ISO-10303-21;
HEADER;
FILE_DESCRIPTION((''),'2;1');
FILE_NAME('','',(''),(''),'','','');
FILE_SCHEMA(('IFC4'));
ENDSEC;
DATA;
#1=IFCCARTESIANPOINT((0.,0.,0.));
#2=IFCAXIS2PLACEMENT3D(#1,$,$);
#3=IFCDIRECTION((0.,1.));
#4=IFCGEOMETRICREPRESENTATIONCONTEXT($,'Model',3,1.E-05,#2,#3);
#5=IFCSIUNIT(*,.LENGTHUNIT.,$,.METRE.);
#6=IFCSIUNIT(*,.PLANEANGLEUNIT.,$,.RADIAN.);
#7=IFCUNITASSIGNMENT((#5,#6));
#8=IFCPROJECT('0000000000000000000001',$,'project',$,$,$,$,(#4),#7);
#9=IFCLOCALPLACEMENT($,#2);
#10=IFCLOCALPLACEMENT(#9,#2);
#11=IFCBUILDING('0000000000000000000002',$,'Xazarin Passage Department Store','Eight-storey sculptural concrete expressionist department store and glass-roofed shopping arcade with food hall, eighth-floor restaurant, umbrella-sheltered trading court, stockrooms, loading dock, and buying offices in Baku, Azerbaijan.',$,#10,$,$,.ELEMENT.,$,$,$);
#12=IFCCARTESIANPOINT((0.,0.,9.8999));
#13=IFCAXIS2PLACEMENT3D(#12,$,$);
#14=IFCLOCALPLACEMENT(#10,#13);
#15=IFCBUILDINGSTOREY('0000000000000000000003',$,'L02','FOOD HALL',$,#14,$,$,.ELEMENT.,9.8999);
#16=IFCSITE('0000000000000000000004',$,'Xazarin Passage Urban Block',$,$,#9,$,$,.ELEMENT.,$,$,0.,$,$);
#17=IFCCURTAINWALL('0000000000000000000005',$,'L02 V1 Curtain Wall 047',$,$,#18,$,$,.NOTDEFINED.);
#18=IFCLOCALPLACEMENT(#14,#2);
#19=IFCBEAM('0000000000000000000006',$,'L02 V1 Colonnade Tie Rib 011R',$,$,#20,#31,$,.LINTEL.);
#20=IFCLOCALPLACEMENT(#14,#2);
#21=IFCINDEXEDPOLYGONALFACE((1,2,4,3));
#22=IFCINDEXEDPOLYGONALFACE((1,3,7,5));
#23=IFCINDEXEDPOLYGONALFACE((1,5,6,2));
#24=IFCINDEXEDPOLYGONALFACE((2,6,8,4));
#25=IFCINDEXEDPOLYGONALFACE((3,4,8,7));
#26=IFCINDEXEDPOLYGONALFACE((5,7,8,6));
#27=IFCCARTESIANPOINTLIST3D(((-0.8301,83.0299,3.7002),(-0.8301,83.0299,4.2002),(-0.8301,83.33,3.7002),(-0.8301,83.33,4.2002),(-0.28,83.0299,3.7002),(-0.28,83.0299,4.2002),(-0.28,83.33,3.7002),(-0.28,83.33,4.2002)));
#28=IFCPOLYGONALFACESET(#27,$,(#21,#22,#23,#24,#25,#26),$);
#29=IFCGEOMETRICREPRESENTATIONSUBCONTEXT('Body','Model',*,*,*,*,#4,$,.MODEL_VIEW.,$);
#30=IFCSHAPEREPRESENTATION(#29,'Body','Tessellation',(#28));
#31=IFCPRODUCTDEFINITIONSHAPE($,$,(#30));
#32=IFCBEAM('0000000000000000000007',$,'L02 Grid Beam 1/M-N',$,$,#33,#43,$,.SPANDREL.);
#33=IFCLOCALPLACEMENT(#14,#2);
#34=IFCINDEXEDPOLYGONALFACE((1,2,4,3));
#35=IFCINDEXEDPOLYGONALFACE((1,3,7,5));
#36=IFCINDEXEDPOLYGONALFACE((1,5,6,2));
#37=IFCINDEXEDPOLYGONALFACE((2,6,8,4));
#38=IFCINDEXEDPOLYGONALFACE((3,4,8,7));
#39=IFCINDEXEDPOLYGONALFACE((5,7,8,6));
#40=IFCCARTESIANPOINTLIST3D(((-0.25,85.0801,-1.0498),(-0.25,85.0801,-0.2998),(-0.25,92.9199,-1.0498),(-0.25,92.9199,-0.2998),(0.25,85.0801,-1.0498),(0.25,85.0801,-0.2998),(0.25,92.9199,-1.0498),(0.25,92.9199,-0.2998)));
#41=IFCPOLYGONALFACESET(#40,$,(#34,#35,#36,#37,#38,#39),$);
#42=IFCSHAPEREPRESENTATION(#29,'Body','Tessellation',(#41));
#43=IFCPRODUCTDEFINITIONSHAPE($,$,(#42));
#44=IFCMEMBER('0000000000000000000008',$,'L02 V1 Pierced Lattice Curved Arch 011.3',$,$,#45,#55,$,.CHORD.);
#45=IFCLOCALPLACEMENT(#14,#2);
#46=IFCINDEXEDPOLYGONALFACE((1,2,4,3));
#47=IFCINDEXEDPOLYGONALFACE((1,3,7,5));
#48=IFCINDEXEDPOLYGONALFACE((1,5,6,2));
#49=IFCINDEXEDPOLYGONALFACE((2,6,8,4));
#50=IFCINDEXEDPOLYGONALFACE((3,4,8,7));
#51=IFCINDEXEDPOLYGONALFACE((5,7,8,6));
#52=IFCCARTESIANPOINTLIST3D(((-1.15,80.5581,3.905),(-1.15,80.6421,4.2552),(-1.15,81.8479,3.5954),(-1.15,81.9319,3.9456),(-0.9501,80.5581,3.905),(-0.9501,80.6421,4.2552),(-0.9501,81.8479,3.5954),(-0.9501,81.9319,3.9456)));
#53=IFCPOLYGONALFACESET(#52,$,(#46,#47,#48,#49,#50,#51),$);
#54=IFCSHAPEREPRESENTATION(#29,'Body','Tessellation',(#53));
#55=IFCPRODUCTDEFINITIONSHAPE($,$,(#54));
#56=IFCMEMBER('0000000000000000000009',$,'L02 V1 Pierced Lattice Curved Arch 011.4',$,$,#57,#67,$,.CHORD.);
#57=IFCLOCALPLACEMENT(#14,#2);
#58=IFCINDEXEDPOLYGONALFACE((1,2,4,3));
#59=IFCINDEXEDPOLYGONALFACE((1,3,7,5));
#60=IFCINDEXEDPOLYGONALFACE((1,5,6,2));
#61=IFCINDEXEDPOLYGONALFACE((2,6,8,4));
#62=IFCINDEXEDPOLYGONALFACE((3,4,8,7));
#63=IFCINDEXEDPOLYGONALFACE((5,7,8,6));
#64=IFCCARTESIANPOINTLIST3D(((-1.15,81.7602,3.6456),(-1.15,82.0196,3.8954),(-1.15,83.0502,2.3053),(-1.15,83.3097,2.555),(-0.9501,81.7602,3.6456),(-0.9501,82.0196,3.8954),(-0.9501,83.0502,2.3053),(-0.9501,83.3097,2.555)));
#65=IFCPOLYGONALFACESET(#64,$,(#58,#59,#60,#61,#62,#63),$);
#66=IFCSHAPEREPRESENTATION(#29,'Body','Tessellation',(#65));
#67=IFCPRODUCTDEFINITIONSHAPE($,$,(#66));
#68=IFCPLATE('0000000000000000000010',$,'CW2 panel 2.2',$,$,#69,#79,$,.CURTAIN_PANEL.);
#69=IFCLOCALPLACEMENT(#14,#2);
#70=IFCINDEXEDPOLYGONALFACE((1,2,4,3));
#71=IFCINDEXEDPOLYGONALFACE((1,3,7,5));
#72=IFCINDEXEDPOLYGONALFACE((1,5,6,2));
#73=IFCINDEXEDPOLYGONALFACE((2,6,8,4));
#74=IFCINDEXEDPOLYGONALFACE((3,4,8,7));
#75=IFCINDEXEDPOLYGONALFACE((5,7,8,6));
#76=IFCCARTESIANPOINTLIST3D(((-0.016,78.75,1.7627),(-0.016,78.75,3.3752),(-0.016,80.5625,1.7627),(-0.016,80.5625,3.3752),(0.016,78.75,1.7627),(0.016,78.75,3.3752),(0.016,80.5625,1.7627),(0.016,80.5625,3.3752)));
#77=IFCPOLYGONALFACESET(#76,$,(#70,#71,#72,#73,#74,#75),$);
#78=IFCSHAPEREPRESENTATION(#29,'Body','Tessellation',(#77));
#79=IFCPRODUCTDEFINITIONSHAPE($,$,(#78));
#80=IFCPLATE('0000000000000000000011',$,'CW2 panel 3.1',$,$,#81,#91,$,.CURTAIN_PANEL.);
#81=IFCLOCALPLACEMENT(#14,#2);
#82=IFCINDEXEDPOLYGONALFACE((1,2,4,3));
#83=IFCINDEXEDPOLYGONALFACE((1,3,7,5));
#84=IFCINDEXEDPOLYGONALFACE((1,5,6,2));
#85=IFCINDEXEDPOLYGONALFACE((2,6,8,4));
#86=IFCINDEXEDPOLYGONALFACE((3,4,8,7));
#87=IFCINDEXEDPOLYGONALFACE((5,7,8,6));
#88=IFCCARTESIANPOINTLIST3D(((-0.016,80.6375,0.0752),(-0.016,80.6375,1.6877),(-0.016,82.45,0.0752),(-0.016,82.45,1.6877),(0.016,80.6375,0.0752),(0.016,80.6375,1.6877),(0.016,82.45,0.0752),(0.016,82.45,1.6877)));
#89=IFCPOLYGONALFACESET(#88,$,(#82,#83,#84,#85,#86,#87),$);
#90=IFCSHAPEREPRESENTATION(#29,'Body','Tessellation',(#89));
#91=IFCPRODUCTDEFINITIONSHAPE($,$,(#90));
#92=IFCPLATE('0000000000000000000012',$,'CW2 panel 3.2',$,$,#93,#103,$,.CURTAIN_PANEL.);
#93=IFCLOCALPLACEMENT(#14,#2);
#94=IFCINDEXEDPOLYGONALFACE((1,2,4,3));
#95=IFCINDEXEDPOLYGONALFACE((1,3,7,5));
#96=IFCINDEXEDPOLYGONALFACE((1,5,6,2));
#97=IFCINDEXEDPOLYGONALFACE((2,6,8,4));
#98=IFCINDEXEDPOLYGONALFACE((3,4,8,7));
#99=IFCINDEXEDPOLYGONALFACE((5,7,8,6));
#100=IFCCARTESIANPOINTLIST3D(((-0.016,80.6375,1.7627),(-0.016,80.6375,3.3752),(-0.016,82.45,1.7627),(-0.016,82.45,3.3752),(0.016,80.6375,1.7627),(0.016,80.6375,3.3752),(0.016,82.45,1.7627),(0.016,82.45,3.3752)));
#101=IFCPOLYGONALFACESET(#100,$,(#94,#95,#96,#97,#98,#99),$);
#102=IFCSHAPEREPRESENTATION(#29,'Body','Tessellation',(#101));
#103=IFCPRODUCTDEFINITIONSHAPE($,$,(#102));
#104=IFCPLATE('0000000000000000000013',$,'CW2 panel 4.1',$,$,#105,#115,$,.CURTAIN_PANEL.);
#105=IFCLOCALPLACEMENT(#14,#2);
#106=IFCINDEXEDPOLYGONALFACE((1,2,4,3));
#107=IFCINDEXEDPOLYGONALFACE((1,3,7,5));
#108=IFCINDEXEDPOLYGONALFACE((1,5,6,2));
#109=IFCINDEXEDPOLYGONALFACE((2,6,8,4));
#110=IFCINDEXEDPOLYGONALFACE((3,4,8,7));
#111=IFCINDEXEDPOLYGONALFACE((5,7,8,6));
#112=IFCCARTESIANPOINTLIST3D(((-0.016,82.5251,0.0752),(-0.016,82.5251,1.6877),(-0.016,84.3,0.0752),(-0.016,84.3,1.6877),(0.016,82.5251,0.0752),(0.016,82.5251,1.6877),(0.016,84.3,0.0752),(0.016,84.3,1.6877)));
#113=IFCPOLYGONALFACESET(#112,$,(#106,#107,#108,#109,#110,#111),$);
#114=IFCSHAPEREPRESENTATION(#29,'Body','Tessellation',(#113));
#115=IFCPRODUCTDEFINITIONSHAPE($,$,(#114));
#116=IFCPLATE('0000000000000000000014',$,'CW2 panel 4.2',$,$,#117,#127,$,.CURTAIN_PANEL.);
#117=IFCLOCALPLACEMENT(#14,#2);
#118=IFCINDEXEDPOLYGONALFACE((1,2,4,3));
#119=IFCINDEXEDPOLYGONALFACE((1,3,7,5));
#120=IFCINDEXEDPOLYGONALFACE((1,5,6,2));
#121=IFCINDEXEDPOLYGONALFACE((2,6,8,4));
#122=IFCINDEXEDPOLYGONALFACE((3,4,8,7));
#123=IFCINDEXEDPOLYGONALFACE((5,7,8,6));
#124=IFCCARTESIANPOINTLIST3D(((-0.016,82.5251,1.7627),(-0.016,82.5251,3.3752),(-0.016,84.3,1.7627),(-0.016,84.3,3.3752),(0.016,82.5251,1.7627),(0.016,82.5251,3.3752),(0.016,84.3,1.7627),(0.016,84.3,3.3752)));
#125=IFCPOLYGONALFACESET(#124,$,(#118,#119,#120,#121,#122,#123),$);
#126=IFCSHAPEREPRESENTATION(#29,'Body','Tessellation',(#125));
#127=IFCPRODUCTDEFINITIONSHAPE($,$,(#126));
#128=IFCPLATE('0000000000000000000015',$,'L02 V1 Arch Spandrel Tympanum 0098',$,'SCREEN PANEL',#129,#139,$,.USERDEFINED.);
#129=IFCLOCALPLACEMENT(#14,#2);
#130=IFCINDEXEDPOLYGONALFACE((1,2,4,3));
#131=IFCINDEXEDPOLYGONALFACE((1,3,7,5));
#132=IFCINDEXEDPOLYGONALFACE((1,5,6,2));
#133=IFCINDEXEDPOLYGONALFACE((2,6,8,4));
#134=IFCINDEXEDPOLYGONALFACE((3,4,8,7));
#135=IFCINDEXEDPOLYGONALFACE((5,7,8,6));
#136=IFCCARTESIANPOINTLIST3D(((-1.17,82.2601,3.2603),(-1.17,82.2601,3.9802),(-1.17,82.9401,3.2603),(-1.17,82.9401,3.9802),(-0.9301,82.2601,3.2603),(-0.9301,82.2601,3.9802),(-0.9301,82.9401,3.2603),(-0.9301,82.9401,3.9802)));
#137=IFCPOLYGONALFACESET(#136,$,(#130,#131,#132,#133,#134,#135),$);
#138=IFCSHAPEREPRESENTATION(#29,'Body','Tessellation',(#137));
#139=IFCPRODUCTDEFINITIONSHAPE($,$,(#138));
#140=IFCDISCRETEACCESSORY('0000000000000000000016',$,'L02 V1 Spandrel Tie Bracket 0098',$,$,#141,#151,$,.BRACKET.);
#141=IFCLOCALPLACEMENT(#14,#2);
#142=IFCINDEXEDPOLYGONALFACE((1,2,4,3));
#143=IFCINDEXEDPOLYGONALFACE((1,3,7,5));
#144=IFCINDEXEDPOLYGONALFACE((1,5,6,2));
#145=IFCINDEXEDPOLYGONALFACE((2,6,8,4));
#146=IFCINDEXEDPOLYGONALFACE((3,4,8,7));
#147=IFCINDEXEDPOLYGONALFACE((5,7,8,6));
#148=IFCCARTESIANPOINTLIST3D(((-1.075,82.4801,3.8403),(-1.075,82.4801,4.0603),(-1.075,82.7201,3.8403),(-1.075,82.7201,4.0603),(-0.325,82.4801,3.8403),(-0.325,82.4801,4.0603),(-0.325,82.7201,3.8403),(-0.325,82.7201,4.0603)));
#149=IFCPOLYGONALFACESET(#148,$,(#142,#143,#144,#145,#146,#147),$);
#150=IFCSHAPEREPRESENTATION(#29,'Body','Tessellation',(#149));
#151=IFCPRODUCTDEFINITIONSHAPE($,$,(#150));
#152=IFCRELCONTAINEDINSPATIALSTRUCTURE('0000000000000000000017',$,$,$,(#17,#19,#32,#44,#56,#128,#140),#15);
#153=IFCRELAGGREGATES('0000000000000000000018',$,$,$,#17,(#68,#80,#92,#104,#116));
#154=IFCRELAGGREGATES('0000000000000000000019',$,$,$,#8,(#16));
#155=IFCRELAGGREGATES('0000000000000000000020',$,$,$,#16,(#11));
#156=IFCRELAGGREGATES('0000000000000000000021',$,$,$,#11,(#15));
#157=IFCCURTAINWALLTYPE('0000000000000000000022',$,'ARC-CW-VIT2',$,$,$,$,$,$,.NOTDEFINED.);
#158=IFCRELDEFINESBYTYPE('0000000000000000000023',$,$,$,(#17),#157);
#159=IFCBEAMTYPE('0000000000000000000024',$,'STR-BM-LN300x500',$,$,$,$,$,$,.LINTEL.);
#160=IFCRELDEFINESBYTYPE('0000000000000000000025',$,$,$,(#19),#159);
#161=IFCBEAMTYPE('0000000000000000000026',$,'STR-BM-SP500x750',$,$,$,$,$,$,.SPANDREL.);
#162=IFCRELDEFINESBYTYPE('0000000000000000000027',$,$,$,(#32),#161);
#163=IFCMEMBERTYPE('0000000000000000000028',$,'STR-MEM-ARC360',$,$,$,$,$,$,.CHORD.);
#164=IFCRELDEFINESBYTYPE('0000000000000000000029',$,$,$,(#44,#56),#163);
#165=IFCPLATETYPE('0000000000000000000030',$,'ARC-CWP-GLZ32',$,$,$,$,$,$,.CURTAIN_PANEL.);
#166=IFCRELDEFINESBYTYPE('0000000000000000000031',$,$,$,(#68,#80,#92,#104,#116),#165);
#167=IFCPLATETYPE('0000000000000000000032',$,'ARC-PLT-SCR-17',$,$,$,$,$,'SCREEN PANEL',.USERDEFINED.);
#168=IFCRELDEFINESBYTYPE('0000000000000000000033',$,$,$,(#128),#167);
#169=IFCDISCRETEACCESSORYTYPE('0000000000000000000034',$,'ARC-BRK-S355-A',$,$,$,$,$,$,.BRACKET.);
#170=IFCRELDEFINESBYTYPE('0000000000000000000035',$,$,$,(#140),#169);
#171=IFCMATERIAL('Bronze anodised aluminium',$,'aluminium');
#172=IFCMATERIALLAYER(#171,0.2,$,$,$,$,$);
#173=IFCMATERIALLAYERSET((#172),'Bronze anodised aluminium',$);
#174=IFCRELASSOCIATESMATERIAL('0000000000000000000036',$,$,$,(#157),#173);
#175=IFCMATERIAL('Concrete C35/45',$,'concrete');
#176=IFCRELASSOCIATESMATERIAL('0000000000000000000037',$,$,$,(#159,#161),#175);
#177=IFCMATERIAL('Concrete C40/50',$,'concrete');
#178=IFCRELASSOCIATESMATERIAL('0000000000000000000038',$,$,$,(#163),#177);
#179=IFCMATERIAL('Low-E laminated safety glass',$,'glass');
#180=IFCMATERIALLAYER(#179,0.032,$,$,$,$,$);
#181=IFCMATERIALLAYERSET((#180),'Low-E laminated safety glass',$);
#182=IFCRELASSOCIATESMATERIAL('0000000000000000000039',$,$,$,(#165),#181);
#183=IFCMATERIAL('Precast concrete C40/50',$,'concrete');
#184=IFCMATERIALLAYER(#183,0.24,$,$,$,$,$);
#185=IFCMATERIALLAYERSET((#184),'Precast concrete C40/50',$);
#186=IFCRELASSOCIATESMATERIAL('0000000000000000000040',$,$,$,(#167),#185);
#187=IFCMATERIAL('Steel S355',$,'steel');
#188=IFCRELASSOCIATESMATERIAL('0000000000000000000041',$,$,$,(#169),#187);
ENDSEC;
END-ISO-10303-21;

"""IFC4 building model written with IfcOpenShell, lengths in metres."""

from ifc_helpers import new_model, si_unit, direction, frame, origin, origin_2d, place, context, subcontext, project, spatial, rectangle, extrude, material, layer, layer_set, material_profile, profile_set, type_object, element, aggregate, save


model = new_model("IFC4")

# Units and contexts
model_context = context("Model", 3, precision=1e-05, world=origin(), true_north=direction((0.0, 1.0)))
body_context = subcontext(model_context, "Body", "Model", "MODEL_VIEW")
ifc_project = project(units=[si_unit("LENGTHUNIT", "METRE"), si_unit("PLANEANGLEUNIT", "RADIAN")], contexts=[model_context])

# Site, building, storey
site_placement = place(None, origin())
site = spatial("IfcSite", under=ifc_project, at=site_placement, Name="Xazarin Passage Urban Block", CompositionType="ELEMENT", RefElevation=0.0)
building_placement = place(site_placement, origin())
building = spatial("IfcBuilding", under=site, at=building_placement, Name="Xazarin Passage Department Store", Description="Eight-storey sculptural concrete expressionist department store and glass-roofed shopping arcade with food hall, eighth-floor restaurant, umbrella-sheltered trading court, stockrooms, loading dock, and buying offices in Baku, Azerbaijan.", CompositionType="ELEMENT")
storey_placement = place(building_placement, frame((0.0, 0.0, 9.8999)))
storey = spatial("IfcBuildingStorey", under=building, at=storey_placement, Name="L02", Description="FOOD HALL", CompositionType="ELEMENT", Elevation=9.8999)

# Shared definitions
ifc_material_1 = material(Name="Concrete C40/50", Category="concrete")

# Curtain wall
ifc_material_2 = material(Name="Bronze anodised aluminium", Category="aluminium")
ifc_layer_1 = layer(ifc_material_2, 0.2)
ifc_layer_set_1 = layer_set([ifc_layer_1], Name="Bronze anodised aluminium")
curtain_wall_type = type_object("IfcCurtainWallType", Name="ARC-CW-VIT2", PredefinedType="NOTDEFINED", material=ifc_layer_set_1)
curtain_wall_placement = place(storey_placement, origin())
curtain_wall = element("IfcCurtainWall", 1, at=curtain_wall_placement, inside=storey, type_object=curtain_wall_type, Name="L02 V1 Curtain Wall 047", PredefinedType="NOTDEFINED")

# Beams
ifc_material_3 = material(Name="Concrete C35/45", Category="concrete")
ifc_material_profile_1 = material_profile(ifc_material_3, rectangle(XDim=0.3, YDim=0.5, at=origin_2d()), Name="RC 300x500")
ifc_profile_set_1 = profile_set([ifc_material_profile_1], Name="Concrete C35/45")
beam_type_1 = type_object("IfcBeamType", Name="STR-BM-LN300x500", PredefinedType="LINTEL", material=ifc_profile_set_1)
beam_1_placement = place(storey_placement, frame((-0.28, 83.1799, 3.9502), z_axis=(-1.0, 0.0, 0.0), x_axis=(0.0, -1.0, 0.0)))
element("IfcBeam", 2, at=beam_1_placement, inside=storey, type_object=beam_type_1, Name="L02 V1 Colonnade Tie Rib 011R", PredefinedType="LINTEL", context=body_context, shape_type="SweptSolid", body=[
    extrude(rectangle(XDim=0.3, YDim=0.5, at=origin_2d()), origin(), (0.0, 0.0, 1.0), 0.55),
])
ifc_material_profile_2 = material_profile(ifc_material_3, rectangle(XDim=0.5, YDim=0.75, at=origin_2d()), Name="RC 500x750")
ifc_profile_set_2 = profile_set([ifc_material_profile_2], Name="Concrete C35/45")
beam_type_2 = type_object("IfcBeamType", Name="STR-BM-SP500x750", PredefinedType="SPANDREL", material=ifc_profile_set_2)
beam_2_placement = place(storey_placement, frame((0.0, 85.0801, -0.6748), z_axis=(0.0, 1.0, 0.0), x_axis=(-1.0, 0.0, 0.0)))
element("IfcBeam", 3, at=beam_2_placement, inside=storey, type_object=beam_type_2, Name="L02 Grid Beam 1/M-N", PredefinedType="SPANDREL", context=body_context, shape_type="SweptSolid", body=[
    extrude(rectangle(XDim=0.5, YDim=0.75, at=origin_2d()), origin(), (0.0, 0.0, 1.0), 7.8398),
])

# Members
ifc_material_profile_3 = material_profile(ifc_material_1, rectangle(XDim=0.2, YDim=0.3601, at=origin_2d()), Name="RC 200x360")
ifc_profile_set_3 = profile_set([ifc_material_profile_3], Name="Concrete C40/50")
member_type_1 = type_object("IfcMemberType", Name="STR-MEM-ARC360", PredefinedType="CHORD", material=ifc_profile_set_3)
member_1_placement = place(storey_placement, frame((-1.05, 80.6001, 4.0801), z_axis=(0.0, 0.972384, -0.233387), x_axis=(-1.0, 0.0, 0.0)))
element("IfcMember", 4, at=member_1_placement, inside=storey, type_object=member_type_1, Name="L02 V1 Pierced Lattice Curved Arch 011.3", PredefinedType="CHORD", context=body_context, shape_type="SweptSolid", body=[
    extrude(rectangle(XDim=0.2, YDim=0.3601, at=origin_2d()), origin(), (0.0, 0.0, 1.0), 1.3264),
])
member_2_placement = place(storey_placement, frame((-1.05, 81.8899, 3.7705), z_axis=(0.0, 0.69346, -0.720495), x_axis=(-1.0, 0.0, 0.0)))
element("IfcMember", 5, at=member_2_placement, inside=storey, type_object=member_type_1, Name="L02 V1 Pierced Lattice Curved Arch 011.4", PredefinedType="CHORD", context=body_context, shape_type="SweptSolid", body=[
    extrude(rectangle(XDim=0.2, YDim=0.3601, at=origin_2d()), origin(), (0.0, 0.0, 1.0), 1.8604),
])

# Plates
ifc_material_4 = material(Name="Low-E laminated safety glass", Category="glass")
ifc_layer_2 = layer(ifc_material_4, 0.032)
ifc_layer_set_2 = layer_set([ifc_layer_2], Name="Low-E laminated safety glass")
plate_type_1 = type_object("IfcPlateType", Name="ARC-CWP-GLZ32", PredefinedType="CURTAIN_PANEL", material=ifc_layer_set_2)
plate_1_placement = place(storey_placement, frame((0.0, 79.6562, 1.7627), z_axis=(0.0, 0.0, 1.0), x_axis=(0.0, 1.0, 0.0)))
plate_1 = element("IfcPlate", 6, at=plate_1_placement, type_object=plate_type_1, Name="CW2 panel 2.2", PredefinedType="CURTAIN_PANEL", context=body_context, shape_type="SweptSolid", body=[
    extrude(rectangle(XDim=1.8125, YDim=0.032, at=origin_2d()), origin(), (0.0, 0.0, 1.0), 1.6125),
])
plate_2_placement = place(storey_placement, frame((0.0, 81.5437, 0.0752), z_axis=(0.0, 0.0, 1.0), x_axis=(0.0, 1.0, 0.0)))
plate_2 = element("IfcPlate", 7, at=plate_2_placement, type_object=plate_type_1, Name="CW2 panel 3.1", PredefinedType="CURTAIN_PANEL", context=body_context, shape_type="SweptSolid", body=[
    extrude(rectangle(XDim=1.8125, YDim=0.032, at=origin_2d()), origin(), (0.0, 0.0, 1.0), 1.6125),
])
plate_3_placement = place(storey_placement, frame((0.0, 81.5437, 1.7627), z_axis=(0.0, 0.0, 1.0), x_axis=(0.0, 1.0, 0.0)))
plate_3 = element("IfcPlate", 8, at=plate_3_placement, type_object=plate_type_1, Name="CW2 panel 3.2", PredefinedType="CURTAIN_PANEL", context=body_context, shape_type="SweptSolid", body=[
    extrude(rectangle(XDim=1.8125, YDim=0.032, at=origin_2d()), origin(), (0.0, 0.0, 1.0), 1.6125),
])
plate_4_placement = place(storey_placement, frame((0.0, 83.4126, 0.0752), z_axis=(0.0, 0.0, 1.0), x_axis=(0.0, 1.0, 0.0)))
plate_4 = element("IfcPlate", 9, at=plate_4_placement, type_object=plate_type_1, Name="CW2 panel 4.1", PredefinedType="CURTAIN_PANEL", context=body_context, shape_type="SweptSolid", body=[
    extrude(rectangle(XDim=1.7749, YDim=0.032, at=origin_2d()), origin(), (0.0, 0.0, 1.0), 1.6125),
])
plate_5_placement = place(storey_placement, frame((0.0, 83.4126, 1.7627), z_axis=(0.0, 0.0, 1.0), x_axis=(0.0, 1.0, 0.0)))
plate_5 = element("IfcPlate", 10, at=plate_5_placement, type_object=plate_type_1, Name="CW2 panel 4.2", PredefinedType="CURTAIN_PANEL", context=body_context, shape_type="SweptSolid", body=[
    extrude(rectangle(XDim=1.7749, YDim=0.032, at=origin_2d()), origin(), (0.0, 0.0, 1.0), 1.6125),
])
aggregate(curtain_wall, [plate_1, plate_2, plate_3, plate_4, plate_5])
ifc_material_5 = material(Name="Precast concrete C40/50", Category="concrete")
ifc_layer_3 = layer(ifc_material_5, 0.24)
ifc_layer_set_3 = layer_set([ifc_layer_3], Name="Precast concrete C40/50")
plate_type_2 = type_object("IfcPlateType", Name="ARC-PLT-SCR-17", ElementType="SCREEN PANEL", PredefinedType="USERDEFINED", material=ifc_layer_set_3)
plate_6_placement = place(storey_placement, frame((-1.05, 82.6001, 3.2603), z_axis=(0.0, 0.0, 1.0), x_axis=(0.0, 1.0, 0.0)))
element("IfcPlate", 11, at=plate_6_placement, inside=storey, type_object=plate_type_2, Name="L02 V1 Arch Spandrel Tympanum 0098", ObjectType="SCREEN PANEL", PredefinedType="USERDEFINED", context=body_context, shape_type="SweptSolid", body=[
    extrude(rectangle(XDim=0.6799, YDim=0.24, at=origin_2d()), origin(), (0.0, 0.0, 1.0), 0.72),
])

# Discrete accessory
ifc_material_6 = material(Name="Steel S355", Category="steel")
discrete_accessory_type = type_object("IfcDiscreteAccessoryType", Name="ARC-BRK-S355-A", PredefinedType="BRACKET", material=ifc_material_6)
discrete_accessory_placement = place(storey_placement, frame((-0.7, 82.6001, 3.8403), z_axis=(0.0, 0.0, 1.0), x_axis=(0.0, 1.0, 0.0)))
element("IfcDiscreteAccessory", 12, at=discrete_accessory_placement, inside=storey, type_object=discrete_accessory_type, Name="L02 V1 Spandrel Tie Bracket 0098", PredefinedType="BRACKET", context=body_context, shape_type="SweptSolid", body=[
    extrude(rectangle(XDim=0.24, YDim=0.75, at=origin_2d()), origin(), (0.0, 0.0, 1.0), 0.22),
])

save(model, "model.ifc")
